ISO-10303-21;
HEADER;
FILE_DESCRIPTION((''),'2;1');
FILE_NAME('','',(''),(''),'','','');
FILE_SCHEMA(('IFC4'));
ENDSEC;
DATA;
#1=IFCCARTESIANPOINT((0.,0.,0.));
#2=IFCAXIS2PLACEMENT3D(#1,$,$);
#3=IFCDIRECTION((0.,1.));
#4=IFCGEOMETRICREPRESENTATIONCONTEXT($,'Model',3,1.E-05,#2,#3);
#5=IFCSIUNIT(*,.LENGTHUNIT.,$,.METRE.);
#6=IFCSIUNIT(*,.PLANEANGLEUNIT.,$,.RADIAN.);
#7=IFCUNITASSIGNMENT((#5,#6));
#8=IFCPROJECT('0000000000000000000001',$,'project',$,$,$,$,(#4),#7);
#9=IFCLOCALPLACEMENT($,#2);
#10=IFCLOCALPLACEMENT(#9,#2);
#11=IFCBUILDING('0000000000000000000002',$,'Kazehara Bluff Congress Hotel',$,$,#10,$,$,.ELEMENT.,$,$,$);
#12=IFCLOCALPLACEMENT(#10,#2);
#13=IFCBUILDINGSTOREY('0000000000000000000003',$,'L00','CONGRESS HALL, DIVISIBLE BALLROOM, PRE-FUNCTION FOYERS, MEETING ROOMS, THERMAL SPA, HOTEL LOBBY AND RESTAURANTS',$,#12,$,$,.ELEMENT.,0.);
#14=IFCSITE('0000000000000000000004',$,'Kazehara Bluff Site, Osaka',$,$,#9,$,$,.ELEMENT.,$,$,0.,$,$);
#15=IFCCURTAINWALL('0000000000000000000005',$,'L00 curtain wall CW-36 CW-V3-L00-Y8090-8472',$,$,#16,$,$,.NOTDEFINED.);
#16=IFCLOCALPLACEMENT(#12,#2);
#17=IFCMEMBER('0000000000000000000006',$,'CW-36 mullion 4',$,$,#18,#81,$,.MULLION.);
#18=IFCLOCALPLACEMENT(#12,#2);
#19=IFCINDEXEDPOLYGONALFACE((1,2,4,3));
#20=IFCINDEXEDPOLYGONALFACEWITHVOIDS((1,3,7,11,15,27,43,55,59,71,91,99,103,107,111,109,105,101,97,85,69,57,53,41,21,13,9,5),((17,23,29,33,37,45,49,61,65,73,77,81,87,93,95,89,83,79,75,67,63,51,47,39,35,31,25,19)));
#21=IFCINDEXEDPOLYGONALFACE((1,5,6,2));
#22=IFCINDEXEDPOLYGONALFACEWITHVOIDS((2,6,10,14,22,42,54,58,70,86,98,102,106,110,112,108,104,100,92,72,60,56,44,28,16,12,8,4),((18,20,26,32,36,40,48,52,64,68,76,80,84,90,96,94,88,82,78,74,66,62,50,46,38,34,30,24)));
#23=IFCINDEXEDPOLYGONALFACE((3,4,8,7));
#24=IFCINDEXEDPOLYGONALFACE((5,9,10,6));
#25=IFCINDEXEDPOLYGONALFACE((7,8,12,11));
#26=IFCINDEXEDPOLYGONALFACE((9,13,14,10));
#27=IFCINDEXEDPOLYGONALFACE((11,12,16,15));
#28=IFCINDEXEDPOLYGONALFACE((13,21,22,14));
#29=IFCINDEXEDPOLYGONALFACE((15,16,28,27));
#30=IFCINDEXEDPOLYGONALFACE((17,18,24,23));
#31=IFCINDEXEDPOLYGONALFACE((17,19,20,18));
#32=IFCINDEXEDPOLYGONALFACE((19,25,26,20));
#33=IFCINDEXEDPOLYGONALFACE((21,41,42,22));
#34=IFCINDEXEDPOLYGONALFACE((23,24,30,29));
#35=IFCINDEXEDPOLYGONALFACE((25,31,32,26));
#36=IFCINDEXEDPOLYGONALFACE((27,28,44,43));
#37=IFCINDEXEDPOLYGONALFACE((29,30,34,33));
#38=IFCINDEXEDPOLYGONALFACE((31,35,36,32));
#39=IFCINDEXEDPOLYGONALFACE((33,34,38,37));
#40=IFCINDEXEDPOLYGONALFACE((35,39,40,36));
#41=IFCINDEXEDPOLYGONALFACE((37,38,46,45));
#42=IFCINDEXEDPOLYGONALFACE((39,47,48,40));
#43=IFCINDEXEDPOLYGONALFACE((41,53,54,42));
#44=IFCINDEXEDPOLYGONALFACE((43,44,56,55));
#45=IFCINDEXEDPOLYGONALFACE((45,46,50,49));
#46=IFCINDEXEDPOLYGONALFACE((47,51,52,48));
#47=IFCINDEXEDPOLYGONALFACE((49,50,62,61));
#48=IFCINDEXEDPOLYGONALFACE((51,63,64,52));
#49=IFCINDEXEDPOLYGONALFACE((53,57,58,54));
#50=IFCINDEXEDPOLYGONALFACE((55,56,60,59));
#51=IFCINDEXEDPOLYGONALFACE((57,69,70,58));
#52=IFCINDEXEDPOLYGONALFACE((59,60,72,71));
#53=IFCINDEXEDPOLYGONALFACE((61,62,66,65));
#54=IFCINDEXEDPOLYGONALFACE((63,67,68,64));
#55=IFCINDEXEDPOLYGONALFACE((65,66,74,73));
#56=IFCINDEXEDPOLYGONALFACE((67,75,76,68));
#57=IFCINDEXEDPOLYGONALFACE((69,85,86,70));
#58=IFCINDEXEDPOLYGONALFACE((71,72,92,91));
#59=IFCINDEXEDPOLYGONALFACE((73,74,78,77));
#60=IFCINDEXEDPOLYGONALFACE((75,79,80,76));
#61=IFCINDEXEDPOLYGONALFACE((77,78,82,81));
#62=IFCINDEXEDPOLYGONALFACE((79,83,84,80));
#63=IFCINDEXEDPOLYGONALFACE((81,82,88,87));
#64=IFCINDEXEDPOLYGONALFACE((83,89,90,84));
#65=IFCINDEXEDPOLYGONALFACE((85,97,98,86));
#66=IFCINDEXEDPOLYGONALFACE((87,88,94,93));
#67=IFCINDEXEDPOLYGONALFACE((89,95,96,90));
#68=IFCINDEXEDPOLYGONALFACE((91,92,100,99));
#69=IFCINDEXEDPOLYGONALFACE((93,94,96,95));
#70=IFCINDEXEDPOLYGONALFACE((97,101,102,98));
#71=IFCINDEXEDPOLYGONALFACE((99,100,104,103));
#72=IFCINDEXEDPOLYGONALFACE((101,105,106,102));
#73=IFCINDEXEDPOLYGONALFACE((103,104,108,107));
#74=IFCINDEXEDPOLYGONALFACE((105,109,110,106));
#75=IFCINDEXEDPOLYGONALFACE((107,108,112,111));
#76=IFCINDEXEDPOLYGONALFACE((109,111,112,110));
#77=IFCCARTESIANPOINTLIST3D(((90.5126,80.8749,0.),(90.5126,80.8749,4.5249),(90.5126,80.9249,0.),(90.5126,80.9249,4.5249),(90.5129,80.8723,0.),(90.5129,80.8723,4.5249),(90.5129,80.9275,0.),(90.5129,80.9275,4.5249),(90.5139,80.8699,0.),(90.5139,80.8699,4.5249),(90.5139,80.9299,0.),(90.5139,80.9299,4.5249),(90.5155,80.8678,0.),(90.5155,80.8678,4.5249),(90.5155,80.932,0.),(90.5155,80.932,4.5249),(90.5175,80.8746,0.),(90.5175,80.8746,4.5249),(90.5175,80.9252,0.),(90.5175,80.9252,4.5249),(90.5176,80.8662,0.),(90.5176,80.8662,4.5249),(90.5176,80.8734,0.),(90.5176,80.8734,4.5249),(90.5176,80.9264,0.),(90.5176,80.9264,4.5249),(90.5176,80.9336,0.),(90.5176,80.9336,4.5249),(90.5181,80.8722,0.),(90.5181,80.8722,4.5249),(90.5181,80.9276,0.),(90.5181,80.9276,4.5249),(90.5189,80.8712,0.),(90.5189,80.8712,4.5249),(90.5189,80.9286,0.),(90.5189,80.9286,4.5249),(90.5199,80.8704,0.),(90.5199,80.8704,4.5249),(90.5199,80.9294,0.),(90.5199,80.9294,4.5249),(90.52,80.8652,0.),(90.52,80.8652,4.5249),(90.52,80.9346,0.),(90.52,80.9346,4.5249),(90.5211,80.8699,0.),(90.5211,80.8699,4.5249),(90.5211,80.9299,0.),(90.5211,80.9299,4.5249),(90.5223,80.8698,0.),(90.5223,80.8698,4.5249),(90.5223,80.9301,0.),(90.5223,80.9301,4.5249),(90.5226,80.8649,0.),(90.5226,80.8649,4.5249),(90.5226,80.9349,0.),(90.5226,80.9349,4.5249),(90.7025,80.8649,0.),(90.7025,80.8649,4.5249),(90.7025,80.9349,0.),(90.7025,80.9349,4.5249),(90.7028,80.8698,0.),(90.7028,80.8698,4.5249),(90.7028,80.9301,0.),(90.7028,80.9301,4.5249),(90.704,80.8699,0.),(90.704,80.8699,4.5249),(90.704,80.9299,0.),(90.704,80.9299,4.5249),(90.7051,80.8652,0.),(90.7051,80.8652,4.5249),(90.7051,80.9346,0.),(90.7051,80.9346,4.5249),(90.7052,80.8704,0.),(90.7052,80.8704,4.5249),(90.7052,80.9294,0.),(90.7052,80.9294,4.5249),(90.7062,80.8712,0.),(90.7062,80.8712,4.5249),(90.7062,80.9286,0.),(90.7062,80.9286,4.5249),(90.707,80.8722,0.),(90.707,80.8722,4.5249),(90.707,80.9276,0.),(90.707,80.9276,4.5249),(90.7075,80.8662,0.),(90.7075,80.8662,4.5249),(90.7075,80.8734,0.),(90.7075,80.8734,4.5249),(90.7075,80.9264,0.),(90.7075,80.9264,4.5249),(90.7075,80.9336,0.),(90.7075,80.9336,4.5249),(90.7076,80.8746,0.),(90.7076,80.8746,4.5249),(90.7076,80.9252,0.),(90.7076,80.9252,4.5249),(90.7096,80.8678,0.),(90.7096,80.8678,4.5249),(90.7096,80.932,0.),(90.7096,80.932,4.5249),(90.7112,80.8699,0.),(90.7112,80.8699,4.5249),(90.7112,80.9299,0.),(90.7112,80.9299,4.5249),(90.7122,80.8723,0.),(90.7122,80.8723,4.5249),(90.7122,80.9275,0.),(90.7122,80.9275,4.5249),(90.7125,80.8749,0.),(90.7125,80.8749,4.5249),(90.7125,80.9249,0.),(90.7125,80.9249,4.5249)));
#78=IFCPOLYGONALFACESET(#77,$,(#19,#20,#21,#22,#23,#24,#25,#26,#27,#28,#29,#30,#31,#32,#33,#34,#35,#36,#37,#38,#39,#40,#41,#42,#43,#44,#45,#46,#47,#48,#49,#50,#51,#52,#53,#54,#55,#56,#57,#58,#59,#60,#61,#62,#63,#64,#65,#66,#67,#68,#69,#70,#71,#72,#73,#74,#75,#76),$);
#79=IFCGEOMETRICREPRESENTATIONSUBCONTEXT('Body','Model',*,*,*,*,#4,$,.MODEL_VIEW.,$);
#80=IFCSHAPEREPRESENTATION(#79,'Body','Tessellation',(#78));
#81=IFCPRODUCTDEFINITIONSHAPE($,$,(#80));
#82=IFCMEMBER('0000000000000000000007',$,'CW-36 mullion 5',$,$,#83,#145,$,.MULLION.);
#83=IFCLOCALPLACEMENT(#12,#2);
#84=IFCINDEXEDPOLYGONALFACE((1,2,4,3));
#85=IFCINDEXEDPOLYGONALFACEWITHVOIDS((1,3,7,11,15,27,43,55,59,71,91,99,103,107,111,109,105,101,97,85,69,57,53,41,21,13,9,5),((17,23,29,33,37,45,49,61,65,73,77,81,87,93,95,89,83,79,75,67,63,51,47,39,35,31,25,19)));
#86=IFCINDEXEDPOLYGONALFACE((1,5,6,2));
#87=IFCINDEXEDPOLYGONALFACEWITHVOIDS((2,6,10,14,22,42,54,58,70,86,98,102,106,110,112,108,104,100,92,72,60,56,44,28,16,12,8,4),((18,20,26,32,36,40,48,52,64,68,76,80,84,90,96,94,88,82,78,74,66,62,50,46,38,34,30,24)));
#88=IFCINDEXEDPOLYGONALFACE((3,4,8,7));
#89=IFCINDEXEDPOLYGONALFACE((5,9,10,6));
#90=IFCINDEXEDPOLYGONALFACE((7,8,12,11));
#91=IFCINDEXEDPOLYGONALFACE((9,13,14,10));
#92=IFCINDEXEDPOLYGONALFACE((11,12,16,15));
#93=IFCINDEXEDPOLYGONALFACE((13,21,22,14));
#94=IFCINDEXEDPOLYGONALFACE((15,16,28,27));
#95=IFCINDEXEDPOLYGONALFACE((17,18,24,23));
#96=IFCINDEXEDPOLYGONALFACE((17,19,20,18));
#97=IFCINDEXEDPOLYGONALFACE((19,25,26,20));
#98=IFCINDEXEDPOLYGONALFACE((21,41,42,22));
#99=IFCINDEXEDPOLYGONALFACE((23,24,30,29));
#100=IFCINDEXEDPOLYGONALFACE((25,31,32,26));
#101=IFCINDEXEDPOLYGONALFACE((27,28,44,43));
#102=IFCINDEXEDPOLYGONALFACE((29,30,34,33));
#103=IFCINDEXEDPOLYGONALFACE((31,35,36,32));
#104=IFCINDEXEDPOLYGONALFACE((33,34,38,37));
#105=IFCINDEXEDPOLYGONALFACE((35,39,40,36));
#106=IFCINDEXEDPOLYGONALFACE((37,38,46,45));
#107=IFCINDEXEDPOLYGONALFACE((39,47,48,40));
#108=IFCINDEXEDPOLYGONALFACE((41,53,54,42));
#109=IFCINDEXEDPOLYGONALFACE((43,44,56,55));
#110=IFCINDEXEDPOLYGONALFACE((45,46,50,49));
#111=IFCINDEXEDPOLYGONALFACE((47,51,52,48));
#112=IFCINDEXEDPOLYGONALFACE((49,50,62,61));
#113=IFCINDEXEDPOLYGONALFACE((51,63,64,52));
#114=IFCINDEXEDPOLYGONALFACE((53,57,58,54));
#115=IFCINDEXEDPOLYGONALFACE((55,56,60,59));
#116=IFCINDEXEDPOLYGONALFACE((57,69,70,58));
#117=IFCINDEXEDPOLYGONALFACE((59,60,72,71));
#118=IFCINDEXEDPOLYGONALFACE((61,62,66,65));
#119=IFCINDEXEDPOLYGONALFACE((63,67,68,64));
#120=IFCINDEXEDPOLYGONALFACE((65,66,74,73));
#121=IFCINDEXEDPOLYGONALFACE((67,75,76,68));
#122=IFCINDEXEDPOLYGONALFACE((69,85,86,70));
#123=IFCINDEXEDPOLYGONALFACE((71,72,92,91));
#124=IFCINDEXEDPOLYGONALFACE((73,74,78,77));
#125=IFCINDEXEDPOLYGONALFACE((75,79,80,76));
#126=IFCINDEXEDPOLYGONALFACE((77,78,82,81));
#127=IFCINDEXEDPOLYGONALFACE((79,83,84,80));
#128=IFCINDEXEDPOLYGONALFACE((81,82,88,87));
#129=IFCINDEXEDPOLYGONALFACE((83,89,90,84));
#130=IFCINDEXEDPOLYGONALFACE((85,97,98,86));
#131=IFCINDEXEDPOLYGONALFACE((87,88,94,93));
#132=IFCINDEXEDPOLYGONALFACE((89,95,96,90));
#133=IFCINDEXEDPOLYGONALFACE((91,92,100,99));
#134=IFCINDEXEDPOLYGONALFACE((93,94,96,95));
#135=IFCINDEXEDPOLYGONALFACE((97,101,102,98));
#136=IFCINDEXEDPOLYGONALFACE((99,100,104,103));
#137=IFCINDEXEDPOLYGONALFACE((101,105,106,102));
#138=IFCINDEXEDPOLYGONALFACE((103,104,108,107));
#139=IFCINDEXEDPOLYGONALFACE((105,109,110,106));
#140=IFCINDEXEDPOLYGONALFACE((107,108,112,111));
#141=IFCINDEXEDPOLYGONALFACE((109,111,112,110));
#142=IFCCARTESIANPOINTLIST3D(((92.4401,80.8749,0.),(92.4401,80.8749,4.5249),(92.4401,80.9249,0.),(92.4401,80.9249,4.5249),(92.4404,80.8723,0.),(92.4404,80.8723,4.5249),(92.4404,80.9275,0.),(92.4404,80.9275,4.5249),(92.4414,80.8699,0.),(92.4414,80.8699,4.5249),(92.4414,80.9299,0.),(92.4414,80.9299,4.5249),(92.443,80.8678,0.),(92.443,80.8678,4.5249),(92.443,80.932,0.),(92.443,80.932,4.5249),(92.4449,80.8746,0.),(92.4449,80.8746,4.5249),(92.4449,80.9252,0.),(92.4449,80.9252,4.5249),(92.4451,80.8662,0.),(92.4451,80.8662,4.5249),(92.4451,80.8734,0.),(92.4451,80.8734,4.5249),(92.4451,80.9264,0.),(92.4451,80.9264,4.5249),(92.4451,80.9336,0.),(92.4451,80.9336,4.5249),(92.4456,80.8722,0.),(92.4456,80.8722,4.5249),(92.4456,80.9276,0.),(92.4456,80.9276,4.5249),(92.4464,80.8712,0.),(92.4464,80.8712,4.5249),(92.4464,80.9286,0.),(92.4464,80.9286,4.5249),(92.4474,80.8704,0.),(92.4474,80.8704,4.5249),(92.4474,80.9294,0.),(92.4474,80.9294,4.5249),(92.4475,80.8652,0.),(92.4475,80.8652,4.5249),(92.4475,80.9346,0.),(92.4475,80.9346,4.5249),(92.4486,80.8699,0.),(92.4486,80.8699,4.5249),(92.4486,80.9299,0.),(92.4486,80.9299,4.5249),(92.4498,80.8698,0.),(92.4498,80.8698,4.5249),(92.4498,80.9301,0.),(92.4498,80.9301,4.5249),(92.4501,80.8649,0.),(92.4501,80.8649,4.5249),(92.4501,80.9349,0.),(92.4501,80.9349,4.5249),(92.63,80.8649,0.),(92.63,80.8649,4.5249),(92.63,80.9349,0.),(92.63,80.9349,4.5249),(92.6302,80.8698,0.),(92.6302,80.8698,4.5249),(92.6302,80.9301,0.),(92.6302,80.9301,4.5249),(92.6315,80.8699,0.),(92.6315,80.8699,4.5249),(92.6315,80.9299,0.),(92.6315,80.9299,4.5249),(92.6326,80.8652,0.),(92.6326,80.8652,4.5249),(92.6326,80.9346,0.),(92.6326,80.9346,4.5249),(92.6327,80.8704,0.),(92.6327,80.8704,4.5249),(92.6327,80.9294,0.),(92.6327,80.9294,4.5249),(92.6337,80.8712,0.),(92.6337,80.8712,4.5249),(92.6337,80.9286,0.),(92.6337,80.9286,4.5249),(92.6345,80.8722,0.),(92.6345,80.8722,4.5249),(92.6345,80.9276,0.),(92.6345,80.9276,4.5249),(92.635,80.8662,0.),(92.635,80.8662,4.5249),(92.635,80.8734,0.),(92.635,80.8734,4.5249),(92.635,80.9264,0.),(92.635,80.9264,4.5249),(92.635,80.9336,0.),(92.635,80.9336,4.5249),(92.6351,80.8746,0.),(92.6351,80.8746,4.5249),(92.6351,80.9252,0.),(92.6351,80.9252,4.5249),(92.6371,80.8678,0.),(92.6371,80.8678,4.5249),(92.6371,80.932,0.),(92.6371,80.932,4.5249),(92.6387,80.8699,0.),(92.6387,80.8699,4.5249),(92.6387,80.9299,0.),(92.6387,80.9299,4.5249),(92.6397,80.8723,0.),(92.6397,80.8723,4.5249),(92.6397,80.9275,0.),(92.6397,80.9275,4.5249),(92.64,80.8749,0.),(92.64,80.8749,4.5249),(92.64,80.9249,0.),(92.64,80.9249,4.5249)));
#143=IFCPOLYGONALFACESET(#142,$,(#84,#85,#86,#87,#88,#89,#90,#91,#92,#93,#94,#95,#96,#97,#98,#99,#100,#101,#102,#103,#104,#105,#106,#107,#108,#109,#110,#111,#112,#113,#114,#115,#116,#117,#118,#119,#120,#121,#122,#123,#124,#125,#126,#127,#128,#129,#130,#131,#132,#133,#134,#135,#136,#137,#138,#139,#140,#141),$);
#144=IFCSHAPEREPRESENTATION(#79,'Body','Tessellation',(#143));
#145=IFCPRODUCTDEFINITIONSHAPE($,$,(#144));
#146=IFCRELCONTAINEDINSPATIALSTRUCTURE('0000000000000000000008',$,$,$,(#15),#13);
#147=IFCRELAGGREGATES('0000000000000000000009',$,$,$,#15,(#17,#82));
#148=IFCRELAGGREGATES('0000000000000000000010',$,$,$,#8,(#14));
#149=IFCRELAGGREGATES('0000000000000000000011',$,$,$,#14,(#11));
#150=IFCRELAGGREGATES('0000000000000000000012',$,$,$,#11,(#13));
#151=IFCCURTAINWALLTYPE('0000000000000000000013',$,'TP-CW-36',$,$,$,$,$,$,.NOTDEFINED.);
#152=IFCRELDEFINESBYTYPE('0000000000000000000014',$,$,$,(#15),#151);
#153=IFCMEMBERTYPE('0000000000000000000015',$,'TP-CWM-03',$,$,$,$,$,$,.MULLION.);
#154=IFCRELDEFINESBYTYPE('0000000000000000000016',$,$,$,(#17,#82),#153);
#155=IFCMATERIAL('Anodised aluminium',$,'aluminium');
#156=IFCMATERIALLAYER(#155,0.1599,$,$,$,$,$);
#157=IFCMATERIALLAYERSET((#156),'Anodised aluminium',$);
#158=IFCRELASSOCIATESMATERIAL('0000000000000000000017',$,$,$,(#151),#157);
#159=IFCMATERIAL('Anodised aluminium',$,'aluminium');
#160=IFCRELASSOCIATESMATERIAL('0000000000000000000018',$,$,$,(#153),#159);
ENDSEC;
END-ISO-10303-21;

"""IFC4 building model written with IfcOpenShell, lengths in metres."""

from ifc_helpers import new_model, si_unit, direction, frame, origin, origin_2d, place, context, subcontext, project, spatial, hollow_rectangle, extrude, material, layer, layer_set, material_profile, profile_set, type_object, element, aggregate, save


model = new_model("IFC4")

# Units and contexts
model_context = context("Model", 3, precision=1e-05, world=origin(), true_north=direction((0.0, 1.0)))
body_context = subcontext(model_context, "Body", "Model", "MODEL_VIEW")
ifc_project = project(units=[si_unit("LENGTHUNIT", "METRE"), si_unit("PLANEANGLEUNIT", "RADIAN")], contexts=[model_context])

# Site, building, storey
site_placement = place(None, origin())
site = spatial("IfcSite", under=ifc_project, at=site_placement, Name="Kazehara Bluff Site, Osaka", CompositionType="ELEMENT", RefElevation=0.0)
building_placement = place(site_placement, origin())
building = spatial("IfcBuilding", under=site, at=building_placement, Name="Kazehara Bluff Congress Hotel", CompositionType="ELEMENT")
storey_placement = place(building_placement, origin())
storey = spatial("IfcBuildingStorey", under=building, at=storey_placement, Name="L00", Description="CONGRESS HALL, DIVISIBLE BALLROOM, PRE-FUNCTION FOYERS, MEETING ROOMS, THERMAL SPA, HOTEL LOBBY AND RESTAURANTS", CompositionType="ELEMENT", Elevation=0.0)

# Curtain wall, members
ifc_material_1 = material(Name="Anodised aluminium", Category="aluminium")
ifc_layer_1 = layer(ifc_material_1, 0.1599)
ifc_layer_set_1 = layer_set([ifc_layer_1], Name="Anodised aluminium")
curtain_wall_type = type_object("IfcCurtainWallType", Name="TP-CW-36", PredefinedType="NOTDEFINED", material=ifc_layer_set_1)
curtain_wall_placement = place(storey_placement, origin())
curtain_wall = element("IfcCurtainWall", 1, at=curtain_wall_placement, inside=storey, type_object=curtain_wall_type, Name="L00 curtain wall CW-36 CW-V3-L00-Y8090-8472", PredefinedType="NOTDEFINED")
ifc_material_2 = material(Name="Anodised aluminium", Category="aluminium")
ifc_material_profile_1 = material_profile(ifc_material_2, hollow_rectangle(XDim=0.0701, YDim=0.2, WallThickness=0.0049, InnerFilletRadius=0.0049, OuterFilletRadius=0.01, at=origin_2d()))
ifc_profile_set_1 = profile_set([ifc_material_profile_1], Name="Anodised aluminium")
member_type_1 = type_object("IfcMemberType", Name="TP-CWM-03", PredefinedType="MULLION", material=ifc_profile_set_1)
member_1_placement = place(storey_placement, frame((90.6125, 80.8999, 0.0), z_axis=(0.0, 0.0, 1.0), x_axis=(0.0, 1.0, 0.0)))
member_1 = element("IfcMember", 2, at=member_1_placement, type_object=member_type_1, Name="CW-36 mullion 4", PredefinedType="MULLION", context=body_context, shape_type="SweptSolid", body=[
    extrude(hollow_rectangle(XDim=0.0701, YDim=0.2, WallThickness=0.0049, InnerFilletRadius=0.0049, OuterFilletRadius=0.01, at=origin_2d()), origin(), (0.0, 0.0, 1.0), 4.5249),
])
member_2_placement = place(storey_placement, frame((92.54, 80.8999, 0.0), z_axis=(0.0, 0.0, 1.0), x_axis=(0.0, 1.0, 0.0)))
member_2 = element("IfcMember", 3, at=member_2_placement, type_object=member_type_1, Name="CW-36 mullion 5", PredefinedType="MULLION", context=body_context, shape_type="SweptSolid", body=[
    extrude(hollow_rectangle(XDim=0.0701, YDim=0.2, WallThickness=0.0049, InnerFilletRadius=0.0049, OuterFilletRadius=0.01, at=origin_2d()), origin(), (0.0, 0.0, 1.0), 4.5249),
])

aggregate(curtain_wall, [member_1, member_2])

save(model, "model.ifc")
